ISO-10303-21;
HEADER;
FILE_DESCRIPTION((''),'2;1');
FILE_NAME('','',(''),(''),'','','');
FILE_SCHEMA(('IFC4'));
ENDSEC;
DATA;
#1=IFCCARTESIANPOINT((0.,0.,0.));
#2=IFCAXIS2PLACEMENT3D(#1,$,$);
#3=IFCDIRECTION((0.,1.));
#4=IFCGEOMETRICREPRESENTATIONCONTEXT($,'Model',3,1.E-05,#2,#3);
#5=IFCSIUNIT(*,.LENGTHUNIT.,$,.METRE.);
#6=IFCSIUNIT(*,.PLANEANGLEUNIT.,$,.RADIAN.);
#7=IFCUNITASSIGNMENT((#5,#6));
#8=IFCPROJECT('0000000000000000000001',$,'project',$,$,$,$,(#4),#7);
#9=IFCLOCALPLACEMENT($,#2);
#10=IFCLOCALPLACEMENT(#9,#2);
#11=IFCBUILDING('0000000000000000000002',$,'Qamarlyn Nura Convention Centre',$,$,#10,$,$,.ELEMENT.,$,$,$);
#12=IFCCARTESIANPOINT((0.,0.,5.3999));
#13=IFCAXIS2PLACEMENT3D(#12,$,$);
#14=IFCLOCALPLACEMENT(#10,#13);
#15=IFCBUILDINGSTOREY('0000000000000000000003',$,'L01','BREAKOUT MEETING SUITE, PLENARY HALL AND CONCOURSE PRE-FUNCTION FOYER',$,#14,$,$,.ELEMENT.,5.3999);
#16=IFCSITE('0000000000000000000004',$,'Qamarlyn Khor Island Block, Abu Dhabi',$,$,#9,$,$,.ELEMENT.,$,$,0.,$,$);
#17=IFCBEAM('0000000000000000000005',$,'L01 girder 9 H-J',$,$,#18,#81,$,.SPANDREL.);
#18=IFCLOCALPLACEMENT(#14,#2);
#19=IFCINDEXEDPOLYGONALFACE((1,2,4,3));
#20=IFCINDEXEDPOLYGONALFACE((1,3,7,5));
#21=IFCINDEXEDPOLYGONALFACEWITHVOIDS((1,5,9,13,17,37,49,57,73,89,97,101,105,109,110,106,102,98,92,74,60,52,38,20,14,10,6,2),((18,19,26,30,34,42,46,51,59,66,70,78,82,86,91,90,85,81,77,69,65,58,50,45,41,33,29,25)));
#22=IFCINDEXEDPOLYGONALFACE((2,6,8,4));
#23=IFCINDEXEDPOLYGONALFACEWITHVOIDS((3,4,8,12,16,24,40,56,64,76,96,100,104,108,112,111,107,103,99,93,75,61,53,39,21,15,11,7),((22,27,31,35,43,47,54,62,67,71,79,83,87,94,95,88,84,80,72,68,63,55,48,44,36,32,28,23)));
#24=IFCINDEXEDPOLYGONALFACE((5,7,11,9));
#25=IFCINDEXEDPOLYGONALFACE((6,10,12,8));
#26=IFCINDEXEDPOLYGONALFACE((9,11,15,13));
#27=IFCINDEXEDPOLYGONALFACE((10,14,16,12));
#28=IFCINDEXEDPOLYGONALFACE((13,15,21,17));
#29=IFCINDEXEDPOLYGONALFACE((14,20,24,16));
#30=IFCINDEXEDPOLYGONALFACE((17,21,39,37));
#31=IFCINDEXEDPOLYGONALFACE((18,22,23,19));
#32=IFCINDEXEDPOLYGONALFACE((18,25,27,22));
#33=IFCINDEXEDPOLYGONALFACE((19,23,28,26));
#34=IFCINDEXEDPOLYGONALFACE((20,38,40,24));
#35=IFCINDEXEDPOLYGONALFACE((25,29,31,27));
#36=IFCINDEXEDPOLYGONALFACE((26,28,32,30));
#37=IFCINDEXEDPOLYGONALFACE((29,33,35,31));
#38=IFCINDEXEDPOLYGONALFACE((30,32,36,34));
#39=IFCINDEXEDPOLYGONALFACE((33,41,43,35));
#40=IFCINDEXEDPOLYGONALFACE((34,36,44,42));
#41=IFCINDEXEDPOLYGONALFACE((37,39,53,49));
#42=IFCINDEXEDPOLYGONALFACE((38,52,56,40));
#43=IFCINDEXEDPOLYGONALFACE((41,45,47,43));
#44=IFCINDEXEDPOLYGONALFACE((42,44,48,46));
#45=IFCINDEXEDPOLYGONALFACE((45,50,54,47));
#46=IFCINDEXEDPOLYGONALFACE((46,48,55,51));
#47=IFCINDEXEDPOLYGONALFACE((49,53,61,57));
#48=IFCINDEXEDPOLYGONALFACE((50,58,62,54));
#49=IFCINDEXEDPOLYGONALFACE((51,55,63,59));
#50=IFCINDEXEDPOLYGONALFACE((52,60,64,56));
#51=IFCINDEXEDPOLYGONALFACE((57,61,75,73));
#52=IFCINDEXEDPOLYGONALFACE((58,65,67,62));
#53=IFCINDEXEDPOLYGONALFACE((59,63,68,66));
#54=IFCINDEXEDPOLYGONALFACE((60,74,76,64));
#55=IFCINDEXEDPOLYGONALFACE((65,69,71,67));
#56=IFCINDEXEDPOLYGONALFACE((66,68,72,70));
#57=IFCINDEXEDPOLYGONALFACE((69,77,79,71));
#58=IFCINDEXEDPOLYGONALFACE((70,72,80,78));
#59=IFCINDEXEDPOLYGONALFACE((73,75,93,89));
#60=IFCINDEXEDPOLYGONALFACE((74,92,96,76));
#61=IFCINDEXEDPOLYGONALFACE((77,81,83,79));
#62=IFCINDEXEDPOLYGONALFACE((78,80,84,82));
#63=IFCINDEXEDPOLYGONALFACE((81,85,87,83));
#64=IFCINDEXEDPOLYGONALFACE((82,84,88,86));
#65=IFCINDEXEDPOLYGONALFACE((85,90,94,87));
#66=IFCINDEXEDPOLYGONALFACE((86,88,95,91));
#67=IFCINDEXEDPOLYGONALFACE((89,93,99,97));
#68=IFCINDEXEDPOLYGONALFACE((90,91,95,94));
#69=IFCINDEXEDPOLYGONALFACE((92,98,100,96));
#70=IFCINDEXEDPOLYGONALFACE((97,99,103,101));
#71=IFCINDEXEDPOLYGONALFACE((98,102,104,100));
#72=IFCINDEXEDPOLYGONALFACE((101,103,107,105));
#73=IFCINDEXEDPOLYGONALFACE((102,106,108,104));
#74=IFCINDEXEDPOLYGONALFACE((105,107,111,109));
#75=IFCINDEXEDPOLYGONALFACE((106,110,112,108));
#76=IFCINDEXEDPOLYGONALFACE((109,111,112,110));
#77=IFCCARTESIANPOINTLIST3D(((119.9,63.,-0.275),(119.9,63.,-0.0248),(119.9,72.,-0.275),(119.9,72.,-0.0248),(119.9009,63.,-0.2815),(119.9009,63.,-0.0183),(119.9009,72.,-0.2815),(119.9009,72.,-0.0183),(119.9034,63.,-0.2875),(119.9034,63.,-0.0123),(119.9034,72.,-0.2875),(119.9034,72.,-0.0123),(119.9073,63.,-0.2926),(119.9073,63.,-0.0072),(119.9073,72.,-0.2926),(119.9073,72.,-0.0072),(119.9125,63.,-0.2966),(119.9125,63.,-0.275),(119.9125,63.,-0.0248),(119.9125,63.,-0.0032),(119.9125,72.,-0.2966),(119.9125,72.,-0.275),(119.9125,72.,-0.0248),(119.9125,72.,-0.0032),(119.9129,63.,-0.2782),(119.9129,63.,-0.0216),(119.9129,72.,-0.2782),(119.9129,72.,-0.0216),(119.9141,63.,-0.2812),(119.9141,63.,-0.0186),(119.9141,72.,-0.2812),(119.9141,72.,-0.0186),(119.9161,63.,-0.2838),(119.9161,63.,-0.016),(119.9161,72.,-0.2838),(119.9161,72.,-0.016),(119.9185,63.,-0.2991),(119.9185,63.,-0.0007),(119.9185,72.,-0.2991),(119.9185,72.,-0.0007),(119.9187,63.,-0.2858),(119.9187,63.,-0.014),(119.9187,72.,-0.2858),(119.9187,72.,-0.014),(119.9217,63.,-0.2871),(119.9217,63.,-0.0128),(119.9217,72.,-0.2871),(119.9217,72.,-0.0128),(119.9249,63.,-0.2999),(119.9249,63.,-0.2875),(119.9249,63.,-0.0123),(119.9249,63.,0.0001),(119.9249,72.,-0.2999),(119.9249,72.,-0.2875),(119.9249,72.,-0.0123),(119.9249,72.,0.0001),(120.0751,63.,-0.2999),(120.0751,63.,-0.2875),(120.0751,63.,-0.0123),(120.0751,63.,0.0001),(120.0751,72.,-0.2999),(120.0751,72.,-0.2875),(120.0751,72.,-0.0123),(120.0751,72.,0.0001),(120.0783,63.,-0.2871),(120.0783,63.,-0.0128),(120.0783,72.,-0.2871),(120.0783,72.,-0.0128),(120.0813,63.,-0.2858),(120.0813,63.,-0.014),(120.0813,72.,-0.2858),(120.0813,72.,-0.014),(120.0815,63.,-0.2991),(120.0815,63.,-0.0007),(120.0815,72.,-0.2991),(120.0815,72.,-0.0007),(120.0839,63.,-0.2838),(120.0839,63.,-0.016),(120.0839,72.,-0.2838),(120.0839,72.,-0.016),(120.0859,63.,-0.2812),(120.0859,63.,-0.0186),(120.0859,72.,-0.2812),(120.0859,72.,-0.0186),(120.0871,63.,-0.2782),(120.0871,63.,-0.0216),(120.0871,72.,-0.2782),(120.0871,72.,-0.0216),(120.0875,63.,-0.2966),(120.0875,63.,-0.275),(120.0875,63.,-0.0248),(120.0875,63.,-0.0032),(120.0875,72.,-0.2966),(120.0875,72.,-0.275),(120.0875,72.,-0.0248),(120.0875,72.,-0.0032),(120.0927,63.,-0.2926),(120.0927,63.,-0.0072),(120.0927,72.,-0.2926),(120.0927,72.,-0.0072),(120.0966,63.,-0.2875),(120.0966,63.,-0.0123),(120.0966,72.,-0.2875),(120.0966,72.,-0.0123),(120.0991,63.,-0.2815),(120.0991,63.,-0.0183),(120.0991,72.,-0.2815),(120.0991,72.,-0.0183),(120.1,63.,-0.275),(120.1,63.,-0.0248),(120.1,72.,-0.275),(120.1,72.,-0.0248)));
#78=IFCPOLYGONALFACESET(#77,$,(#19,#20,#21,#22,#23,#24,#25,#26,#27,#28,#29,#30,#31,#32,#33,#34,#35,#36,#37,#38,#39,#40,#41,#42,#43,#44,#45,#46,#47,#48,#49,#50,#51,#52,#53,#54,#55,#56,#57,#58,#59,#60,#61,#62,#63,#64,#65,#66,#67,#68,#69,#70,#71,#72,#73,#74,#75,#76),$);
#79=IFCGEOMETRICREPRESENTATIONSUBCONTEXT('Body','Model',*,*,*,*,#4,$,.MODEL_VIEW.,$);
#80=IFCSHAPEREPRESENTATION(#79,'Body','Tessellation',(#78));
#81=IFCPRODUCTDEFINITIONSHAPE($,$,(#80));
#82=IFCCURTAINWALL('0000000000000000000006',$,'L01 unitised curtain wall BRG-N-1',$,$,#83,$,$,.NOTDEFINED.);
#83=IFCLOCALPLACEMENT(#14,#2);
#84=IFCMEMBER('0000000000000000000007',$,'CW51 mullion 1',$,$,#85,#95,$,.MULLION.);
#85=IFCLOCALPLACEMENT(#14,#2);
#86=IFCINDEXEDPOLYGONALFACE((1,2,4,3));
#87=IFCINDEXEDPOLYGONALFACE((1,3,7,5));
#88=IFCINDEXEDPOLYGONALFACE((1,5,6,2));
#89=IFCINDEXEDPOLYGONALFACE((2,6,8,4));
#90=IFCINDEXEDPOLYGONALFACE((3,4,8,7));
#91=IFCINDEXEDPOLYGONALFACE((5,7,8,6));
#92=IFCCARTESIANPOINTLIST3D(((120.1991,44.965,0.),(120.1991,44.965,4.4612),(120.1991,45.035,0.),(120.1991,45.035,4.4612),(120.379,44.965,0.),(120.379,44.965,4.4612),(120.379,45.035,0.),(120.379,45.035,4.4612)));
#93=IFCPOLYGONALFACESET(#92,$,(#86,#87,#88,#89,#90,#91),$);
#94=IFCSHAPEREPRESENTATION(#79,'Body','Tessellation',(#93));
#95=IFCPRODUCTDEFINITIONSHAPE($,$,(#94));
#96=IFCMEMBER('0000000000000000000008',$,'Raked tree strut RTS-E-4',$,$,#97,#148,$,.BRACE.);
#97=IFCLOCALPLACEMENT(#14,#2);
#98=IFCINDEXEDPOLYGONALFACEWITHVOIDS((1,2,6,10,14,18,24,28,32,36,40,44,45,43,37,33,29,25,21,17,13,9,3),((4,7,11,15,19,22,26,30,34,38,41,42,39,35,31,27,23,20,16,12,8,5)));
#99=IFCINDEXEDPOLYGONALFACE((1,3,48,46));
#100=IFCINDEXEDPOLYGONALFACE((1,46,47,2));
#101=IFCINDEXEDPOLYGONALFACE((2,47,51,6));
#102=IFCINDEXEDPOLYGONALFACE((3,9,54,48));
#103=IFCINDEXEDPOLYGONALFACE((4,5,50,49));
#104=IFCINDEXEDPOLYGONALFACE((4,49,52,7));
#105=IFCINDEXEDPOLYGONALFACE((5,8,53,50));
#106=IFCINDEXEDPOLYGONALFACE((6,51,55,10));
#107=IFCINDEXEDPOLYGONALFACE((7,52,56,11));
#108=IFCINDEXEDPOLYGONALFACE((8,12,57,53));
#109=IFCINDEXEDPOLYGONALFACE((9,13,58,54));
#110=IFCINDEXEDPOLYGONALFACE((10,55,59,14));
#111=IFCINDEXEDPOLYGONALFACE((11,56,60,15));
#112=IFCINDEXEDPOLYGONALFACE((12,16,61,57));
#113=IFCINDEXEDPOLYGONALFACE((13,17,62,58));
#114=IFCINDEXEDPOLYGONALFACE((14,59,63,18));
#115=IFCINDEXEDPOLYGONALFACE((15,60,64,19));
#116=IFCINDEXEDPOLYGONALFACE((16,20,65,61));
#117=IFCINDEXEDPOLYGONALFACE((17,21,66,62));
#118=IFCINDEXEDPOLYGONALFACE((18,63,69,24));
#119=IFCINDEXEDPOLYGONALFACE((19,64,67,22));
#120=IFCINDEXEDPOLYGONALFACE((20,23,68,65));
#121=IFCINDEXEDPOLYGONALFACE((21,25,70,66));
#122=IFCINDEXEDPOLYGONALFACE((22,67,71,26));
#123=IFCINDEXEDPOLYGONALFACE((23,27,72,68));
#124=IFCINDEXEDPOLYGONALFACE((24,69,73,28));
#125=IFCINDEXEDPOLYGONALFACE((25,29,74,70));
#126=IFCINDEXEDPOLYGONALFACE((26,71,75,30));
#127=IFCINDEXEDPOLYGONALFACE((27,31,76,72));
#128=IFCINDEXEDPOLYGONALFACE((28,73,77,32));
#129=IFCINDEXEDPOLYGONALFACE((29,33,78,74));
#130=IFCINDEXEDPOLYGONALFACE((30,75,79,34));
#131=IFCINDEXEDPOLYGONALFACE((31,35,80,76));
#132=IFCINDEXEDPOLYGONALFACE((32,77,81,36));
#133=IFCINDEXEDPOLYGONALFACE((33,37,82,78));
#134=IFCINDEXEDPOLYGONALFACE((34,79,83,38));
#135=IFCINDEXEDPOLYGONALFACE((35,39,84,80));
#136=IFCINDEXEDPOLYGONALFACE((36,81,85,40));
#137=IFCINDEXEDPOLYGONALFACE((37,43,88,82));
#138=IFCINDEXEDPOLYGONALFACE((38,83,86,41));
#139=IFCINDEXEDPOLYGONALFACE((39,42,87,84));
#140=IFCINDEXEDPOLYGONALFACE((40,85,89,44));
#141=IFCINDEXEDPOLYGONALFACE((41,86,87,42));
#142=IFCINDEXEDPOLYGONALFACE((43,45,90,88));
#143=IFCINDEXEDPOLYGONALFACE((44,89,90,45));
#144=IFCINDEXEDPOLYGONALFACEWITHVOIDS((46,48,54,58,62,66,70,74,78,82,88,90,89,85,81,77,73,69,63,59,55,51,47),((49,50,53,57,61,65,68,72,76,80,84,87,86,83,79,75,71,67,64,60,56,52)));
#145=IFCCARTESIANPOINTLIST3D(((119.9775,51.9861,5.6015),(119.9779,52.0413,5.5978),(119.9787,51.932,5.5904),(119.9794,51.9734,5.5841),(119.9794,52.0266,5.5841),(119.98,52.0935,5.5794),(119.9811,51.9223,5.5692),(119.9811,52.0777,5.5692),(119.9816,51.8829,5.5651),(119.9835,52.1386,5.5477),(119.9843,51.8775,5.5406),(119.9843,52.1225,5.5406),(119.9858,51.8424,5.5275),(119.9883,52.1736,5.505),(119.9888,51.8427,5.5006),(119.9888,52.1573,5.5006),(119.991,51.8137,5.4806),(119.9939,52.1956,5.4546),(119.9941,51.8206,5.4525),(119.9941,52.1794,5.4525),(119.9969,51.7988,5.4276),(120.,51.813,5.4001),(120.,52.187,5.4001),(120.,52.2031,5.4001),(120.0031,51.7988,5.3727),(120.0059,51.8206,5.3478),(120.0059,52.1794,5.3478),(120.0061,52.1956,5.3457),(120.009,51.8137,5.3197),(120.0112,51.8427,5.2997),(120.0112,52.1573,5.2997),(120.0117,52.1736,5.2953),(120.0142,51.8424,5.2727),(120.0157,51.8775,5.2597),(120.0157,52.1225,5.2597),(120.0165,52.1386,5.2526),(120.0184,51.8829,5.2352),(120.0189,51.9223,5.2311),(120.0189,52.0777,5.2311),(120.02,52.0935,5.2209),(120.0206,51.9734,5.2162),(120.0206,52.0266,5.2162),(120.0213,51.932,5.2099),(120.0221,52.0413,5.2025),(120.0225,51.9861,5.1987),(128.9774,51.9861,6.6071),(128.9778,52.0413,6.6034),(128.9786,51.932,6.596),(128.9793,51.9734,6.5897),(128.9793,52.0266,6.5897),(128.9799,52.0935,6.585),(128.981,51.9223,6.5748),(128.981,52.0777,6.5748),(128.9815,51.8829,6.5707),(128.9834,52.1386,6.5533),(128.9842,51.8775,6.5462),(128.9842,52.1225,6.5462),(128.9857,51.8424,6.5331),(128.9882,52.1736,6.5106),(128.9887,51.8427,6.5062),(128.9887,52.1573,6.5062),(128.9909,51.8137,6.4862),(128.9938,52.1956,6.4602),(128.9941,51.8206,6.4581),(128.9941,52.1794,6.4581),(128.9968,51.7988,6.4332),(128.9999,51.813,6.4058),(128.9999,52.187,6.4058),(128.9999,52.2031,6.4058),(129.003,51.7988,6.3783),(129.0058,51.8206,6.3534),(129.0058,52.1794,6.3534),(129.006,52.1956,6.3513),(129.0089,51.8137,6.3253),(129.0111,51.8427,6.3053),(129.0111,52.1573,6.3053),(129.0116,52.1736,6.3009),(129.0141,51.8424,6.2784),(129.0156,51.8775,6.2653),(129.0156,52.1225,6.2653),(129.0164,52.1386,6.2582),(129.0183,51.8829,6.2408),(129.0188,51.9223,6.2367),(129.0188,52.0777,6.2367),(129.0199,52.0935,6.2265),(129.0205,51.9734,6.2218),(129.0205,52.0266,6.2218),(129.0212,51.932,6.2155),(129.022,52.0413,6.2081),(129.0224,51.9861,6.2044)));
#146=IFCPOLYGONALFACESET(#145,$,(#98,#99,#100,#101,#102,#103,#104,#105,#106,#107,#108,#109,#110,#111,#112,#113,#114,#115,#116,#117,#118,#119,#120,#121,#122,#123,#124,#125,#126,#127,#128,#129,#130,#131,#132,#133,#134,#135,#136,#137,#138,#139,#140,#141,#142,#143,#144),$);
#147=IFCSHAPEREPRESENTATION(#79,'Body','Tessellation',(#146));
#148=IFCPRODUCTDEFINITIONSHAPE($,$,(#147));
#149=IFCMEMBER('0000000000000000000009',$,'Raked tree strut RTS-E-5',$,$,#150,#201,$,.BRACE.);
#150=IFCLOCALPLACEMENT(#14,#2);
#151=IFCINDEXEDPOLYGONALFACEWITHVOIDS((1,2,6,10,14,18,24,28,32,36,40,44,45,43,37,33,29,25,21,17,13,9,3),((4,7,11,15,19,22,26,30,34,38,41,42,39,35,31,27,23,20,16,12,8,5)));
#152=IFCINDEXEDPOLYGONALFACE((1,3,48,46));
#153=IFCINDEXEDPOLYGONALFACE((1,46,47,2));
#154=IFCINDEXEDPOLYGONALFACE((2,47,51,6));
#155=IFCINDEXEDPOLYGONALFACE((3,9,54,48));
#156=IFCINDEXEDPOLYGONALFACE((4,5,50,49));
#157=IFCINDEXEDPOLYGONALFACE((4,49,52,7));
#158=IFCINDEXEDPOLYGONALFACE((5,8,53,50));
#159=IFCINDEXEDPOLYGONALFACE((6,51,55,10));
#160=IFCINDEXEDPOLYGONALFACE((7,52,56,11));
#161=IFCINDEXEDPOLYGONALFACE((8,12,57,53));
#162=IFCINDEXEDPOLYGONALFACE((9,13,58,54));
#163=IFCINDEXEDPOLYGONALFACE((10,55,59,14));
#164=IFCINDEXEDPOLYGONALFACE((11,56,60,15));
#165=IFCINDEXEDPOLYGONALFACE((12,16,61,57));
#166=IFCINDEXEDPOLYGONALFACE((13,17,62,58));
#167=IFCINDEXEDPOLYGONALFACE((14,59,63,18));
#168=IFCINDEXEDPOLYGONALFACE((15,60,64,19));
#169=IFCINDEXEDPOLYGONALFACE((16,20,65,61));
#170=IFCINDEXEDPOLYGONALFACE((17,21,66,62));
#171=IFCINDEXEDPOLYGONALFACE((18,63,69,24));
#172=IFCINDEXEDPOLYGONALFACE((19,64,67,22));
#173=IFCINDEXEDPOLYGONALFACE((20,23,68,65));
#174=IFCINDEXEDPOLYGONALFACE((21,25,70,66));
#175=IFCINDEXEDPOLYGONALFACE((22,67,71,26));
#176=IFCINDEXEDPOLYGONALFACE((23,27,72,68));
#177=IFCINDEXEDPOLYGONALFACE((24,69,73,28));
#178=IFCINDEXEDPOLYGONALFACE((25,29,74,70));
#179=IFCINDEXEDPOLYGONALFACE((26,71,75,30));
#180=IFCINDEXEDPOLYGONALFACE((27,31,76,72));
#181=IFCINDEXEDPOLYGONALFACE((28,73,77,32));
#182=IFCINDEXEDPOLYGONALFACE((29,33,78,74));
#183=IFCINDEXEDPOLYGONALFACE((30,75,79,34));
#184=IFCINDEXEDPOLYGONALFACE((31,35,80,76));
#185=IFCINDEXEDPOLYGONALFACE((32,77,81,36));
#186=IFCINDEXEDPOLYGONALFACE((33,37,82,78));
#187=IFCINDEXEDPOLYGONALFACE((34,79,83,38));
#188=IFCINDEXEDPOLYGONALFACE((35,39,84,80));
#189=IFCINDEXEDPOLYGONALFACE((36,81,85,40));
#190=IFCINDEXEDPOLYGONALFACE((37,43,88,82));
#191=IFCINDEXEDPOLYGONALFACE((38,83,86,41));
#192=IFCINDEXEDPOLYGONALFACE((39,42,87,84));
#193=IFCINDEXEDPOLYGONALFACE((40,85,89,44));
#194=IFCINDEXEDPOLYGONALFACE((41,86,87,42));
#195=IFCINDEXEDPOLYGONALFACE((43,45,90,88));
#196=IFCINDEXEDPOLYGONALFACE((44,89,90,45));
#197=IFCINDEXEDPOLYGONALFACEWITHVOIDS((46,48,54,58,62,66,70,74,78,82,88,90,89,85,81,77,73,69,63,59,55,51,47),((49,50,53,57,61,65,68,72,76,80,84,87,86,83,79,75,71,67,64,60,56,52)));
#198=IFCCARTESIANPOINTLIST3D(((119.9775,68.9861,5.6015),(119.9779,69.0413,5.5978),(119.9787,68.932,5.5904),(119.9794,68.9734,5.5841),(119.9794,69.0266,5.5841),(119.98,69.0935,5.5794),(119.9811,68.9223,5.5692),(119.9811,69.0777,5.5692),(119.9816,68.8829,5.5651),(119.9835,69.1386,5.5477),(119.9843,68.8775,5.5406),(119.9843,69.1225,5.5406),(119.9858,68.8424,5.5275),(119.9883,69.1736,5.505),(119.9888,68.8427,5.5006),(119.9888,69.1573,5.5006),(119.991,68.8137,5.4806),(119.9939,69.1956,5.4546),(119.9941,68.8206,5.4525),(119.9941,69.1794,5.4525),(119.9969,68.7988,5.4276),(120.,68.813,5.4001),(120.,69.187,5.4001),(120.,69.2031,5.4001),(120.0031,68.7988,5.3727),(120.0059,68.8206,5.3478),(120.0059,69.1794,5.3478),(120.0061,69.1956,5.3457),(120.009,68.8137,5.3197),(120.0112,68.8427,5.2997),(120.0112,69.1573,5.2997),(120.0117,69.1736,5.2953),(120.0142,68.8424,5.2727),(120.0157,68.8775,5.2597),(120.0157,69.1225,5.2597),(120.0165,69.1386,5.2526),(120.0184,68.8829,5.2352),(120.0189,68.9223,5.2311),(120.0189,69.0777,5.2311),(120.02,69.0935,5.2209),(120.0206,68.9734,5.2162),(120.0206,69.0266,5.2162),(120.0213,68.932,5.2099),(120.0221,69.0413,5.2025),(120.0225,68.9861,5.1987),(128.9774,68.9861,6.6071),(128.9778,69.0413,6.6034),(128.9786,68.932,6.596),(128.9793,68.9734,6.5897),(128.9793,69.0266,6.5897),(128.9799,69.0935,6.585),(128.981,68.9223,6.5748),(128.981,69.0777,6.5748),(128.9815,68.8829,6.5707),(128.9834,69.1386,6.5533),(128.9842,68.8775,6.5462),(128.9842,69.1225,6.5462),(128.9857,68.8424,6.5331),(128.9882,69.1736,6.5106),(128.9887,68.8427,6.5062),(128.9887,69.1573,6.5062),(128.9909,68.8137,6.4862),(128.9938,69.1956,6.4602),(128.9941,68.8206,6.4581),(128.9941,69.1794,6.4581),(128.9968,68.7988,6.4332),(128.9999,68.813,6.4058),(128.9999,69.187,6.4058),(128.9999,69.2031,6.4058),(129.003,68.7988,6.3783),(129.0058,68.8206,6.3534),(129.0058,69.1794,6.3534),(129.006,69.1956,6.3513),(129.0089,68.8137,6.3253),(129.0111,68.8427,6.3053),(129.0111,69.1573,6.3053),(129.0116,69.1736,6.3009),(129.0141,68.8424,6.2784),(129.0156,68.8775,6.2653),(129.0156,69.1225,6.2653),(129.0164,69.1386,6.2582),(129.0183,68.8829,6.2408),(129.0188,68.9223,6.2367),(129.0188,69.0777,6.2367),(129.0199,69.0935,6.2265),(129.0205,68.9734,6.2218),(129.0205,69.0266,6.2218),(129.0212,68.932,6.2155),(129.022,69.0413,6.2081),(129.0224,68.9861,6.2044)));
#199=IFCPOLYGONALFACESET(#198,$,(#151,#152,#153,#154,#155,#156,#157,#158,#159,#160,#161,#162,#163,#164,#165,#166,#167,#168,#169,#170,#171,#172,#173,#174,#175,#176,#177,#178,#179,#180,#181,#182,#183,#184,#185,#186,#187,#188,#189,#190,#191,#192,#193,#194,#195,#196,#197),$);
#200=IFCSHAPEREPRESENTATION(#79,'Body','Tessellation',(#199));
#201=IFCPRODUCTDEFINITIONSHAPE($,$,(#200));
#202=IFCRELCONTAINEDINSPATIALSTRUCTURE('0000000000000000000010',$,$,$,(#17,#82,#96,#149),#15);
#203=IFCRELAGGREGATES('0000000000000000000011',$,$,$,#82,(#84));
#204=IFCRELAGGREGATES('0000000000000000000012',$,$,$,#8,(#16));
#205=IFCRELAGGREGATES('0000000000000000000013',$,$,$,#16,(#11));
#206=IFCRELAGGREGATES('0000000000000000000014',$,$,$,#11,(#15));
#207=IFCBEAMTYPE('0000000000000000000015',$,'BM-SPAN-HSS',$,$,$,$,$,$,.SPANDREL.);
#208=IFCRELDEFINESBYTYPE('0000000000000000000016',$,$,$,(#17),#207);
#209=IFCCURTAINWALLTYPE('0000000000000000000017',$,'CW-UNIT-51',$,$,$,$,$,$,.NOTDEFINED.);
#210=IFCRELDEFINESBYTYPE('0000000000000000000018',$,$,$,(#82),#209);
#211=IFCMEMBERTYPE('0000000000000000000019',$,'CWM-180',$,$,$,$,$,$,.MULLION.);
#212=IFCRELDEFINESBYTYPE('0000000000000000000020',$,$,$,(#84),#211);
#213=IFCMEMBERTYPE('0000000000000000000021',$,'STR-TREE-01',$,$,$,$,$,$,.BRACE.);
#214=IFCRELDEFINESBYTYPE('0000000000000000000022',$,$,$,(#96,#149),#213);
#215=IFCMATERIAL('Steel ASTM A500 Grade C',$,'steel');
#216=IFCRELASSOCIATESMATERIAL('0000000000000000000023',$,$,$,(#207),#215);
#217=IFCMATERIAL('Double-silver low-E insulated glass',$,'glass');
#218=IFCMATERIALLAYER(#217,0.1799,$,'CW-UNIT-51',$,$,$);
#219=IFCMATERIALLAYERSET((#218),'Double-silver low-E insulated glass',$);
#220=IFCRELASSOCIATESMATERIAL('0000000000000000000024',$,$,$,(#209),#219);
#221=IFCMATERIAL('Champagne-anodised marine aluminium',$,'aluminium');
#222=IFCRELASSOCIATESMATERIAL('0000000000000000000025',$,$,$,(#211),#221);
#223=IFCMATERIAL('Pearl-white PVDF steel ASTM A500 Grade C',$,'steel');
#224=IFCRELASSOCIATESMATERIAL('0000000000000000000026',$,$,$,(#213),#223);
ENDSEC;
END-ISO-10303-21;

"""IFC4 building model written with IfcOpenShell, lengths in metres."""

from ifc_helpers import new_model, si_unit, direction, frame, origin, origin_2d, place, context, subcontext, project, spatial, rectangle, hollow_rectangle, hollow_circle, extrude, material, layer, layer_set, material_profile, profile_set, type_object, element, aggregate, save


model = new_model("IFC4")

# Units and contexts
model_context = context("Model", 3, precision=1e-05, world=origin(), true_north=direction((0.0, 1.0)))
body_context = subcontext(model_context, "Body", "Model", "MODEL_VIEW")
ifc_project = project(units=[si_unit("LENGTHUNIT", "METRE"), si_unit("PLANEANGLEUNIT", "RADIAN")], contexts=[model_context])

# Site, building, storey
site_placement = place(None, origin())
site = spatial("IfcSite", under=ifc_project, at=site_placement, Name="Qamarlyn Khor Island Block, Abu Dhabi", CompositionType="ELEMENT", RefElevation=0.0)
building_placement = place(site_placement, origin())
building = spatial("IfcBuilding", under=site, at=building_placement, Name="Qamarlyn Nura Convention Centre", CompositionType="ELEMENT")
storey_placement = place(building_placement, frame((0.0, 0.0, 5.3999)))
storey = spatial("IfcBuildingStorey", under=building, at=storey_placement, Name="L01", Description="BREAKOUT MEETING SUITE, PLENARY HALL AND CONCOURSE PRE-FUNCTION FOYER", CompositionType="ELEMENT", Elevation=5.3999)

# Beam
ifc_material_1 = material(Name="Steel ASTM A500 Grade C", Category="steel")
ifc_material_profile_1 = material_profile(ifc_material_1, hollow_rectangle(XDim=0.2, YDim=0.3, WallThickness=0.0125, InnerFilletRadius=0.0125, OuterFilletRadius=0.0249, at=origin_2d()), Name="HSS300X200X12.5")
ifc_profile_set_1 = profile_set([ifc_material_profile_1], Name="Steel ASTM A500 Grade C")
beam_type_1 = type_object("IfcBeamType", Name="BM-SPAN-HSS", PredefinedType="SPANDREL", material=ifc_profile_set_1)
beam_1_placement = place(storey_placement, frame((120.0, 63.0, -0.1499), z_axis=(0.0, 1.0, 0.0), x_axis=(-1.0, 0.0, 0.0)))
element("IfcBeam", 1, at=beam_1_placement, inside=storey, type_object=beam_type_1, Name="L01 girder 9 H-J", PredefinedType="SPANDREL", context=body_context, shape_type="SweptSolid", body=[
    extrude(hollow_rectangle(XDim=0.2, YDim=0.3, WallThickness=0.0125, InnerFilletRadius=0.0125, OuterFilletRadius=0.0249, at=origin_2d()), origin(), (0.0, 0.0, 1.0), 9.0),
])

# Curtain wall, member
ifc_material_2 = material(Name="Double-silver low-E insulated glass", Category="glass")
ifc_layer_1 = layer(ifc_material_2, 0.1799, Name="CW-UNIT-51")
ifc_layer_set_1 = layer_set([ifc_layer_1], Name="Double-silver low-E insulated glass")
curtain_wall_type = type_object("IfcCurtainWallType", Name="CW-UNIT-51", PredefinedType="NOTDEFINED", material=ifc_layer_set_1)
curtain_wall_placement = place(storey_placement, origin())
curtain_wall = element("IfcCurtainWall", 2, at=curtain_wall_placement, inside=storey, type_object=curtain_wall_type, Name="L01 unitised curtain wall BRG-N-1", PredefinedType="NOTDEFINED")
ifc_material_3 = material(Name="Champagne-anodised marine aluminium", Category="aluminium")
ifc_material_profile_2 = material_profile(ifc_material_3, rectangle(XDim=0.0701, YDim=0.1799, at=origin_2d()), Name="ALU MULLION 70x180")
ifc_profile_set_2 = profile_set([ifc_material_profile_2], Name="Champagne-anodised marine aluminium")
member_type_1 = type_object("IfcMemberType", Name="CWM-180", PredefinedType="MULLION", material=ifc_profile_set_2)
member_placement = place(storey_placement, frame((120.2891, 45.0, 0.0), z_axis=(0.0, 0.0, 1.0), x_axis=(0.0, 1.0, 0.0)))
member = element("IfcMember", 3, at=member_placement, type_object=member_type_1, Name="CW51 mullion 1", PredefinedType="MULLION", context=body_context, shape_type="SweptSolid", body=[
    extrude(rectangle(XDim=0.0701, YDim=0.1799, at=origin_2d()), origin(), (0.0, 0.0, 1.0), 4.4612),
])
aggregate(curtain_wall, [member])

# Members
ifc_material_4 = material(Name="Pearl-white PVDF steel ASTM A500 Grade C", Category="steel")
ifc_material_profile_3 = material_profile(ifc_material_4, hollow_circle(Radius=0.2031, WallThickness=0.0161, at=origin_2d()), Name="CHS406.4X16")
ifc_profile_set_3 = profile_set([ifc_material_profile_3], Name="Pearl-white PVDF steel ASTM A500 Grade C")
member_type_2 = type_object("IfcMemberType", Name="STR-TREE-01", PredefinedType="BRACE", material=ifc_profile_set_3)
for number, where, z_axis, x_axis, name in (
    (4, (120.0, 52.0, 5.4001), (0.993815, 0.0, 0.111044), (0.0, 1.0, 0.0), "Raked tree strut RTS-E-4"),
    (5, (120.0, 69.0, 5.4001), (0.993815, 0.0, 0.111044), (0.0, 1.0, 0.0), "Raked tree strut RTS-E-5"),
):
    element("IfcMember", number, at=place(storey_placement, frame(where, z_axis=z_axis, x_axis=x_axis)), inside=storey, type_object=member_type_2, Name=name, PredefinedType="BRACE", context=body_context, shape_type="SweptSolid", body=[
        extrude(hollow_circle(Radius=0.2031, WallThickness=0.0161, at=origin_2d()), origin(), (0.0, 0.0, 1.0), 9.0559),
    ])

save(model, "model.ifc")
